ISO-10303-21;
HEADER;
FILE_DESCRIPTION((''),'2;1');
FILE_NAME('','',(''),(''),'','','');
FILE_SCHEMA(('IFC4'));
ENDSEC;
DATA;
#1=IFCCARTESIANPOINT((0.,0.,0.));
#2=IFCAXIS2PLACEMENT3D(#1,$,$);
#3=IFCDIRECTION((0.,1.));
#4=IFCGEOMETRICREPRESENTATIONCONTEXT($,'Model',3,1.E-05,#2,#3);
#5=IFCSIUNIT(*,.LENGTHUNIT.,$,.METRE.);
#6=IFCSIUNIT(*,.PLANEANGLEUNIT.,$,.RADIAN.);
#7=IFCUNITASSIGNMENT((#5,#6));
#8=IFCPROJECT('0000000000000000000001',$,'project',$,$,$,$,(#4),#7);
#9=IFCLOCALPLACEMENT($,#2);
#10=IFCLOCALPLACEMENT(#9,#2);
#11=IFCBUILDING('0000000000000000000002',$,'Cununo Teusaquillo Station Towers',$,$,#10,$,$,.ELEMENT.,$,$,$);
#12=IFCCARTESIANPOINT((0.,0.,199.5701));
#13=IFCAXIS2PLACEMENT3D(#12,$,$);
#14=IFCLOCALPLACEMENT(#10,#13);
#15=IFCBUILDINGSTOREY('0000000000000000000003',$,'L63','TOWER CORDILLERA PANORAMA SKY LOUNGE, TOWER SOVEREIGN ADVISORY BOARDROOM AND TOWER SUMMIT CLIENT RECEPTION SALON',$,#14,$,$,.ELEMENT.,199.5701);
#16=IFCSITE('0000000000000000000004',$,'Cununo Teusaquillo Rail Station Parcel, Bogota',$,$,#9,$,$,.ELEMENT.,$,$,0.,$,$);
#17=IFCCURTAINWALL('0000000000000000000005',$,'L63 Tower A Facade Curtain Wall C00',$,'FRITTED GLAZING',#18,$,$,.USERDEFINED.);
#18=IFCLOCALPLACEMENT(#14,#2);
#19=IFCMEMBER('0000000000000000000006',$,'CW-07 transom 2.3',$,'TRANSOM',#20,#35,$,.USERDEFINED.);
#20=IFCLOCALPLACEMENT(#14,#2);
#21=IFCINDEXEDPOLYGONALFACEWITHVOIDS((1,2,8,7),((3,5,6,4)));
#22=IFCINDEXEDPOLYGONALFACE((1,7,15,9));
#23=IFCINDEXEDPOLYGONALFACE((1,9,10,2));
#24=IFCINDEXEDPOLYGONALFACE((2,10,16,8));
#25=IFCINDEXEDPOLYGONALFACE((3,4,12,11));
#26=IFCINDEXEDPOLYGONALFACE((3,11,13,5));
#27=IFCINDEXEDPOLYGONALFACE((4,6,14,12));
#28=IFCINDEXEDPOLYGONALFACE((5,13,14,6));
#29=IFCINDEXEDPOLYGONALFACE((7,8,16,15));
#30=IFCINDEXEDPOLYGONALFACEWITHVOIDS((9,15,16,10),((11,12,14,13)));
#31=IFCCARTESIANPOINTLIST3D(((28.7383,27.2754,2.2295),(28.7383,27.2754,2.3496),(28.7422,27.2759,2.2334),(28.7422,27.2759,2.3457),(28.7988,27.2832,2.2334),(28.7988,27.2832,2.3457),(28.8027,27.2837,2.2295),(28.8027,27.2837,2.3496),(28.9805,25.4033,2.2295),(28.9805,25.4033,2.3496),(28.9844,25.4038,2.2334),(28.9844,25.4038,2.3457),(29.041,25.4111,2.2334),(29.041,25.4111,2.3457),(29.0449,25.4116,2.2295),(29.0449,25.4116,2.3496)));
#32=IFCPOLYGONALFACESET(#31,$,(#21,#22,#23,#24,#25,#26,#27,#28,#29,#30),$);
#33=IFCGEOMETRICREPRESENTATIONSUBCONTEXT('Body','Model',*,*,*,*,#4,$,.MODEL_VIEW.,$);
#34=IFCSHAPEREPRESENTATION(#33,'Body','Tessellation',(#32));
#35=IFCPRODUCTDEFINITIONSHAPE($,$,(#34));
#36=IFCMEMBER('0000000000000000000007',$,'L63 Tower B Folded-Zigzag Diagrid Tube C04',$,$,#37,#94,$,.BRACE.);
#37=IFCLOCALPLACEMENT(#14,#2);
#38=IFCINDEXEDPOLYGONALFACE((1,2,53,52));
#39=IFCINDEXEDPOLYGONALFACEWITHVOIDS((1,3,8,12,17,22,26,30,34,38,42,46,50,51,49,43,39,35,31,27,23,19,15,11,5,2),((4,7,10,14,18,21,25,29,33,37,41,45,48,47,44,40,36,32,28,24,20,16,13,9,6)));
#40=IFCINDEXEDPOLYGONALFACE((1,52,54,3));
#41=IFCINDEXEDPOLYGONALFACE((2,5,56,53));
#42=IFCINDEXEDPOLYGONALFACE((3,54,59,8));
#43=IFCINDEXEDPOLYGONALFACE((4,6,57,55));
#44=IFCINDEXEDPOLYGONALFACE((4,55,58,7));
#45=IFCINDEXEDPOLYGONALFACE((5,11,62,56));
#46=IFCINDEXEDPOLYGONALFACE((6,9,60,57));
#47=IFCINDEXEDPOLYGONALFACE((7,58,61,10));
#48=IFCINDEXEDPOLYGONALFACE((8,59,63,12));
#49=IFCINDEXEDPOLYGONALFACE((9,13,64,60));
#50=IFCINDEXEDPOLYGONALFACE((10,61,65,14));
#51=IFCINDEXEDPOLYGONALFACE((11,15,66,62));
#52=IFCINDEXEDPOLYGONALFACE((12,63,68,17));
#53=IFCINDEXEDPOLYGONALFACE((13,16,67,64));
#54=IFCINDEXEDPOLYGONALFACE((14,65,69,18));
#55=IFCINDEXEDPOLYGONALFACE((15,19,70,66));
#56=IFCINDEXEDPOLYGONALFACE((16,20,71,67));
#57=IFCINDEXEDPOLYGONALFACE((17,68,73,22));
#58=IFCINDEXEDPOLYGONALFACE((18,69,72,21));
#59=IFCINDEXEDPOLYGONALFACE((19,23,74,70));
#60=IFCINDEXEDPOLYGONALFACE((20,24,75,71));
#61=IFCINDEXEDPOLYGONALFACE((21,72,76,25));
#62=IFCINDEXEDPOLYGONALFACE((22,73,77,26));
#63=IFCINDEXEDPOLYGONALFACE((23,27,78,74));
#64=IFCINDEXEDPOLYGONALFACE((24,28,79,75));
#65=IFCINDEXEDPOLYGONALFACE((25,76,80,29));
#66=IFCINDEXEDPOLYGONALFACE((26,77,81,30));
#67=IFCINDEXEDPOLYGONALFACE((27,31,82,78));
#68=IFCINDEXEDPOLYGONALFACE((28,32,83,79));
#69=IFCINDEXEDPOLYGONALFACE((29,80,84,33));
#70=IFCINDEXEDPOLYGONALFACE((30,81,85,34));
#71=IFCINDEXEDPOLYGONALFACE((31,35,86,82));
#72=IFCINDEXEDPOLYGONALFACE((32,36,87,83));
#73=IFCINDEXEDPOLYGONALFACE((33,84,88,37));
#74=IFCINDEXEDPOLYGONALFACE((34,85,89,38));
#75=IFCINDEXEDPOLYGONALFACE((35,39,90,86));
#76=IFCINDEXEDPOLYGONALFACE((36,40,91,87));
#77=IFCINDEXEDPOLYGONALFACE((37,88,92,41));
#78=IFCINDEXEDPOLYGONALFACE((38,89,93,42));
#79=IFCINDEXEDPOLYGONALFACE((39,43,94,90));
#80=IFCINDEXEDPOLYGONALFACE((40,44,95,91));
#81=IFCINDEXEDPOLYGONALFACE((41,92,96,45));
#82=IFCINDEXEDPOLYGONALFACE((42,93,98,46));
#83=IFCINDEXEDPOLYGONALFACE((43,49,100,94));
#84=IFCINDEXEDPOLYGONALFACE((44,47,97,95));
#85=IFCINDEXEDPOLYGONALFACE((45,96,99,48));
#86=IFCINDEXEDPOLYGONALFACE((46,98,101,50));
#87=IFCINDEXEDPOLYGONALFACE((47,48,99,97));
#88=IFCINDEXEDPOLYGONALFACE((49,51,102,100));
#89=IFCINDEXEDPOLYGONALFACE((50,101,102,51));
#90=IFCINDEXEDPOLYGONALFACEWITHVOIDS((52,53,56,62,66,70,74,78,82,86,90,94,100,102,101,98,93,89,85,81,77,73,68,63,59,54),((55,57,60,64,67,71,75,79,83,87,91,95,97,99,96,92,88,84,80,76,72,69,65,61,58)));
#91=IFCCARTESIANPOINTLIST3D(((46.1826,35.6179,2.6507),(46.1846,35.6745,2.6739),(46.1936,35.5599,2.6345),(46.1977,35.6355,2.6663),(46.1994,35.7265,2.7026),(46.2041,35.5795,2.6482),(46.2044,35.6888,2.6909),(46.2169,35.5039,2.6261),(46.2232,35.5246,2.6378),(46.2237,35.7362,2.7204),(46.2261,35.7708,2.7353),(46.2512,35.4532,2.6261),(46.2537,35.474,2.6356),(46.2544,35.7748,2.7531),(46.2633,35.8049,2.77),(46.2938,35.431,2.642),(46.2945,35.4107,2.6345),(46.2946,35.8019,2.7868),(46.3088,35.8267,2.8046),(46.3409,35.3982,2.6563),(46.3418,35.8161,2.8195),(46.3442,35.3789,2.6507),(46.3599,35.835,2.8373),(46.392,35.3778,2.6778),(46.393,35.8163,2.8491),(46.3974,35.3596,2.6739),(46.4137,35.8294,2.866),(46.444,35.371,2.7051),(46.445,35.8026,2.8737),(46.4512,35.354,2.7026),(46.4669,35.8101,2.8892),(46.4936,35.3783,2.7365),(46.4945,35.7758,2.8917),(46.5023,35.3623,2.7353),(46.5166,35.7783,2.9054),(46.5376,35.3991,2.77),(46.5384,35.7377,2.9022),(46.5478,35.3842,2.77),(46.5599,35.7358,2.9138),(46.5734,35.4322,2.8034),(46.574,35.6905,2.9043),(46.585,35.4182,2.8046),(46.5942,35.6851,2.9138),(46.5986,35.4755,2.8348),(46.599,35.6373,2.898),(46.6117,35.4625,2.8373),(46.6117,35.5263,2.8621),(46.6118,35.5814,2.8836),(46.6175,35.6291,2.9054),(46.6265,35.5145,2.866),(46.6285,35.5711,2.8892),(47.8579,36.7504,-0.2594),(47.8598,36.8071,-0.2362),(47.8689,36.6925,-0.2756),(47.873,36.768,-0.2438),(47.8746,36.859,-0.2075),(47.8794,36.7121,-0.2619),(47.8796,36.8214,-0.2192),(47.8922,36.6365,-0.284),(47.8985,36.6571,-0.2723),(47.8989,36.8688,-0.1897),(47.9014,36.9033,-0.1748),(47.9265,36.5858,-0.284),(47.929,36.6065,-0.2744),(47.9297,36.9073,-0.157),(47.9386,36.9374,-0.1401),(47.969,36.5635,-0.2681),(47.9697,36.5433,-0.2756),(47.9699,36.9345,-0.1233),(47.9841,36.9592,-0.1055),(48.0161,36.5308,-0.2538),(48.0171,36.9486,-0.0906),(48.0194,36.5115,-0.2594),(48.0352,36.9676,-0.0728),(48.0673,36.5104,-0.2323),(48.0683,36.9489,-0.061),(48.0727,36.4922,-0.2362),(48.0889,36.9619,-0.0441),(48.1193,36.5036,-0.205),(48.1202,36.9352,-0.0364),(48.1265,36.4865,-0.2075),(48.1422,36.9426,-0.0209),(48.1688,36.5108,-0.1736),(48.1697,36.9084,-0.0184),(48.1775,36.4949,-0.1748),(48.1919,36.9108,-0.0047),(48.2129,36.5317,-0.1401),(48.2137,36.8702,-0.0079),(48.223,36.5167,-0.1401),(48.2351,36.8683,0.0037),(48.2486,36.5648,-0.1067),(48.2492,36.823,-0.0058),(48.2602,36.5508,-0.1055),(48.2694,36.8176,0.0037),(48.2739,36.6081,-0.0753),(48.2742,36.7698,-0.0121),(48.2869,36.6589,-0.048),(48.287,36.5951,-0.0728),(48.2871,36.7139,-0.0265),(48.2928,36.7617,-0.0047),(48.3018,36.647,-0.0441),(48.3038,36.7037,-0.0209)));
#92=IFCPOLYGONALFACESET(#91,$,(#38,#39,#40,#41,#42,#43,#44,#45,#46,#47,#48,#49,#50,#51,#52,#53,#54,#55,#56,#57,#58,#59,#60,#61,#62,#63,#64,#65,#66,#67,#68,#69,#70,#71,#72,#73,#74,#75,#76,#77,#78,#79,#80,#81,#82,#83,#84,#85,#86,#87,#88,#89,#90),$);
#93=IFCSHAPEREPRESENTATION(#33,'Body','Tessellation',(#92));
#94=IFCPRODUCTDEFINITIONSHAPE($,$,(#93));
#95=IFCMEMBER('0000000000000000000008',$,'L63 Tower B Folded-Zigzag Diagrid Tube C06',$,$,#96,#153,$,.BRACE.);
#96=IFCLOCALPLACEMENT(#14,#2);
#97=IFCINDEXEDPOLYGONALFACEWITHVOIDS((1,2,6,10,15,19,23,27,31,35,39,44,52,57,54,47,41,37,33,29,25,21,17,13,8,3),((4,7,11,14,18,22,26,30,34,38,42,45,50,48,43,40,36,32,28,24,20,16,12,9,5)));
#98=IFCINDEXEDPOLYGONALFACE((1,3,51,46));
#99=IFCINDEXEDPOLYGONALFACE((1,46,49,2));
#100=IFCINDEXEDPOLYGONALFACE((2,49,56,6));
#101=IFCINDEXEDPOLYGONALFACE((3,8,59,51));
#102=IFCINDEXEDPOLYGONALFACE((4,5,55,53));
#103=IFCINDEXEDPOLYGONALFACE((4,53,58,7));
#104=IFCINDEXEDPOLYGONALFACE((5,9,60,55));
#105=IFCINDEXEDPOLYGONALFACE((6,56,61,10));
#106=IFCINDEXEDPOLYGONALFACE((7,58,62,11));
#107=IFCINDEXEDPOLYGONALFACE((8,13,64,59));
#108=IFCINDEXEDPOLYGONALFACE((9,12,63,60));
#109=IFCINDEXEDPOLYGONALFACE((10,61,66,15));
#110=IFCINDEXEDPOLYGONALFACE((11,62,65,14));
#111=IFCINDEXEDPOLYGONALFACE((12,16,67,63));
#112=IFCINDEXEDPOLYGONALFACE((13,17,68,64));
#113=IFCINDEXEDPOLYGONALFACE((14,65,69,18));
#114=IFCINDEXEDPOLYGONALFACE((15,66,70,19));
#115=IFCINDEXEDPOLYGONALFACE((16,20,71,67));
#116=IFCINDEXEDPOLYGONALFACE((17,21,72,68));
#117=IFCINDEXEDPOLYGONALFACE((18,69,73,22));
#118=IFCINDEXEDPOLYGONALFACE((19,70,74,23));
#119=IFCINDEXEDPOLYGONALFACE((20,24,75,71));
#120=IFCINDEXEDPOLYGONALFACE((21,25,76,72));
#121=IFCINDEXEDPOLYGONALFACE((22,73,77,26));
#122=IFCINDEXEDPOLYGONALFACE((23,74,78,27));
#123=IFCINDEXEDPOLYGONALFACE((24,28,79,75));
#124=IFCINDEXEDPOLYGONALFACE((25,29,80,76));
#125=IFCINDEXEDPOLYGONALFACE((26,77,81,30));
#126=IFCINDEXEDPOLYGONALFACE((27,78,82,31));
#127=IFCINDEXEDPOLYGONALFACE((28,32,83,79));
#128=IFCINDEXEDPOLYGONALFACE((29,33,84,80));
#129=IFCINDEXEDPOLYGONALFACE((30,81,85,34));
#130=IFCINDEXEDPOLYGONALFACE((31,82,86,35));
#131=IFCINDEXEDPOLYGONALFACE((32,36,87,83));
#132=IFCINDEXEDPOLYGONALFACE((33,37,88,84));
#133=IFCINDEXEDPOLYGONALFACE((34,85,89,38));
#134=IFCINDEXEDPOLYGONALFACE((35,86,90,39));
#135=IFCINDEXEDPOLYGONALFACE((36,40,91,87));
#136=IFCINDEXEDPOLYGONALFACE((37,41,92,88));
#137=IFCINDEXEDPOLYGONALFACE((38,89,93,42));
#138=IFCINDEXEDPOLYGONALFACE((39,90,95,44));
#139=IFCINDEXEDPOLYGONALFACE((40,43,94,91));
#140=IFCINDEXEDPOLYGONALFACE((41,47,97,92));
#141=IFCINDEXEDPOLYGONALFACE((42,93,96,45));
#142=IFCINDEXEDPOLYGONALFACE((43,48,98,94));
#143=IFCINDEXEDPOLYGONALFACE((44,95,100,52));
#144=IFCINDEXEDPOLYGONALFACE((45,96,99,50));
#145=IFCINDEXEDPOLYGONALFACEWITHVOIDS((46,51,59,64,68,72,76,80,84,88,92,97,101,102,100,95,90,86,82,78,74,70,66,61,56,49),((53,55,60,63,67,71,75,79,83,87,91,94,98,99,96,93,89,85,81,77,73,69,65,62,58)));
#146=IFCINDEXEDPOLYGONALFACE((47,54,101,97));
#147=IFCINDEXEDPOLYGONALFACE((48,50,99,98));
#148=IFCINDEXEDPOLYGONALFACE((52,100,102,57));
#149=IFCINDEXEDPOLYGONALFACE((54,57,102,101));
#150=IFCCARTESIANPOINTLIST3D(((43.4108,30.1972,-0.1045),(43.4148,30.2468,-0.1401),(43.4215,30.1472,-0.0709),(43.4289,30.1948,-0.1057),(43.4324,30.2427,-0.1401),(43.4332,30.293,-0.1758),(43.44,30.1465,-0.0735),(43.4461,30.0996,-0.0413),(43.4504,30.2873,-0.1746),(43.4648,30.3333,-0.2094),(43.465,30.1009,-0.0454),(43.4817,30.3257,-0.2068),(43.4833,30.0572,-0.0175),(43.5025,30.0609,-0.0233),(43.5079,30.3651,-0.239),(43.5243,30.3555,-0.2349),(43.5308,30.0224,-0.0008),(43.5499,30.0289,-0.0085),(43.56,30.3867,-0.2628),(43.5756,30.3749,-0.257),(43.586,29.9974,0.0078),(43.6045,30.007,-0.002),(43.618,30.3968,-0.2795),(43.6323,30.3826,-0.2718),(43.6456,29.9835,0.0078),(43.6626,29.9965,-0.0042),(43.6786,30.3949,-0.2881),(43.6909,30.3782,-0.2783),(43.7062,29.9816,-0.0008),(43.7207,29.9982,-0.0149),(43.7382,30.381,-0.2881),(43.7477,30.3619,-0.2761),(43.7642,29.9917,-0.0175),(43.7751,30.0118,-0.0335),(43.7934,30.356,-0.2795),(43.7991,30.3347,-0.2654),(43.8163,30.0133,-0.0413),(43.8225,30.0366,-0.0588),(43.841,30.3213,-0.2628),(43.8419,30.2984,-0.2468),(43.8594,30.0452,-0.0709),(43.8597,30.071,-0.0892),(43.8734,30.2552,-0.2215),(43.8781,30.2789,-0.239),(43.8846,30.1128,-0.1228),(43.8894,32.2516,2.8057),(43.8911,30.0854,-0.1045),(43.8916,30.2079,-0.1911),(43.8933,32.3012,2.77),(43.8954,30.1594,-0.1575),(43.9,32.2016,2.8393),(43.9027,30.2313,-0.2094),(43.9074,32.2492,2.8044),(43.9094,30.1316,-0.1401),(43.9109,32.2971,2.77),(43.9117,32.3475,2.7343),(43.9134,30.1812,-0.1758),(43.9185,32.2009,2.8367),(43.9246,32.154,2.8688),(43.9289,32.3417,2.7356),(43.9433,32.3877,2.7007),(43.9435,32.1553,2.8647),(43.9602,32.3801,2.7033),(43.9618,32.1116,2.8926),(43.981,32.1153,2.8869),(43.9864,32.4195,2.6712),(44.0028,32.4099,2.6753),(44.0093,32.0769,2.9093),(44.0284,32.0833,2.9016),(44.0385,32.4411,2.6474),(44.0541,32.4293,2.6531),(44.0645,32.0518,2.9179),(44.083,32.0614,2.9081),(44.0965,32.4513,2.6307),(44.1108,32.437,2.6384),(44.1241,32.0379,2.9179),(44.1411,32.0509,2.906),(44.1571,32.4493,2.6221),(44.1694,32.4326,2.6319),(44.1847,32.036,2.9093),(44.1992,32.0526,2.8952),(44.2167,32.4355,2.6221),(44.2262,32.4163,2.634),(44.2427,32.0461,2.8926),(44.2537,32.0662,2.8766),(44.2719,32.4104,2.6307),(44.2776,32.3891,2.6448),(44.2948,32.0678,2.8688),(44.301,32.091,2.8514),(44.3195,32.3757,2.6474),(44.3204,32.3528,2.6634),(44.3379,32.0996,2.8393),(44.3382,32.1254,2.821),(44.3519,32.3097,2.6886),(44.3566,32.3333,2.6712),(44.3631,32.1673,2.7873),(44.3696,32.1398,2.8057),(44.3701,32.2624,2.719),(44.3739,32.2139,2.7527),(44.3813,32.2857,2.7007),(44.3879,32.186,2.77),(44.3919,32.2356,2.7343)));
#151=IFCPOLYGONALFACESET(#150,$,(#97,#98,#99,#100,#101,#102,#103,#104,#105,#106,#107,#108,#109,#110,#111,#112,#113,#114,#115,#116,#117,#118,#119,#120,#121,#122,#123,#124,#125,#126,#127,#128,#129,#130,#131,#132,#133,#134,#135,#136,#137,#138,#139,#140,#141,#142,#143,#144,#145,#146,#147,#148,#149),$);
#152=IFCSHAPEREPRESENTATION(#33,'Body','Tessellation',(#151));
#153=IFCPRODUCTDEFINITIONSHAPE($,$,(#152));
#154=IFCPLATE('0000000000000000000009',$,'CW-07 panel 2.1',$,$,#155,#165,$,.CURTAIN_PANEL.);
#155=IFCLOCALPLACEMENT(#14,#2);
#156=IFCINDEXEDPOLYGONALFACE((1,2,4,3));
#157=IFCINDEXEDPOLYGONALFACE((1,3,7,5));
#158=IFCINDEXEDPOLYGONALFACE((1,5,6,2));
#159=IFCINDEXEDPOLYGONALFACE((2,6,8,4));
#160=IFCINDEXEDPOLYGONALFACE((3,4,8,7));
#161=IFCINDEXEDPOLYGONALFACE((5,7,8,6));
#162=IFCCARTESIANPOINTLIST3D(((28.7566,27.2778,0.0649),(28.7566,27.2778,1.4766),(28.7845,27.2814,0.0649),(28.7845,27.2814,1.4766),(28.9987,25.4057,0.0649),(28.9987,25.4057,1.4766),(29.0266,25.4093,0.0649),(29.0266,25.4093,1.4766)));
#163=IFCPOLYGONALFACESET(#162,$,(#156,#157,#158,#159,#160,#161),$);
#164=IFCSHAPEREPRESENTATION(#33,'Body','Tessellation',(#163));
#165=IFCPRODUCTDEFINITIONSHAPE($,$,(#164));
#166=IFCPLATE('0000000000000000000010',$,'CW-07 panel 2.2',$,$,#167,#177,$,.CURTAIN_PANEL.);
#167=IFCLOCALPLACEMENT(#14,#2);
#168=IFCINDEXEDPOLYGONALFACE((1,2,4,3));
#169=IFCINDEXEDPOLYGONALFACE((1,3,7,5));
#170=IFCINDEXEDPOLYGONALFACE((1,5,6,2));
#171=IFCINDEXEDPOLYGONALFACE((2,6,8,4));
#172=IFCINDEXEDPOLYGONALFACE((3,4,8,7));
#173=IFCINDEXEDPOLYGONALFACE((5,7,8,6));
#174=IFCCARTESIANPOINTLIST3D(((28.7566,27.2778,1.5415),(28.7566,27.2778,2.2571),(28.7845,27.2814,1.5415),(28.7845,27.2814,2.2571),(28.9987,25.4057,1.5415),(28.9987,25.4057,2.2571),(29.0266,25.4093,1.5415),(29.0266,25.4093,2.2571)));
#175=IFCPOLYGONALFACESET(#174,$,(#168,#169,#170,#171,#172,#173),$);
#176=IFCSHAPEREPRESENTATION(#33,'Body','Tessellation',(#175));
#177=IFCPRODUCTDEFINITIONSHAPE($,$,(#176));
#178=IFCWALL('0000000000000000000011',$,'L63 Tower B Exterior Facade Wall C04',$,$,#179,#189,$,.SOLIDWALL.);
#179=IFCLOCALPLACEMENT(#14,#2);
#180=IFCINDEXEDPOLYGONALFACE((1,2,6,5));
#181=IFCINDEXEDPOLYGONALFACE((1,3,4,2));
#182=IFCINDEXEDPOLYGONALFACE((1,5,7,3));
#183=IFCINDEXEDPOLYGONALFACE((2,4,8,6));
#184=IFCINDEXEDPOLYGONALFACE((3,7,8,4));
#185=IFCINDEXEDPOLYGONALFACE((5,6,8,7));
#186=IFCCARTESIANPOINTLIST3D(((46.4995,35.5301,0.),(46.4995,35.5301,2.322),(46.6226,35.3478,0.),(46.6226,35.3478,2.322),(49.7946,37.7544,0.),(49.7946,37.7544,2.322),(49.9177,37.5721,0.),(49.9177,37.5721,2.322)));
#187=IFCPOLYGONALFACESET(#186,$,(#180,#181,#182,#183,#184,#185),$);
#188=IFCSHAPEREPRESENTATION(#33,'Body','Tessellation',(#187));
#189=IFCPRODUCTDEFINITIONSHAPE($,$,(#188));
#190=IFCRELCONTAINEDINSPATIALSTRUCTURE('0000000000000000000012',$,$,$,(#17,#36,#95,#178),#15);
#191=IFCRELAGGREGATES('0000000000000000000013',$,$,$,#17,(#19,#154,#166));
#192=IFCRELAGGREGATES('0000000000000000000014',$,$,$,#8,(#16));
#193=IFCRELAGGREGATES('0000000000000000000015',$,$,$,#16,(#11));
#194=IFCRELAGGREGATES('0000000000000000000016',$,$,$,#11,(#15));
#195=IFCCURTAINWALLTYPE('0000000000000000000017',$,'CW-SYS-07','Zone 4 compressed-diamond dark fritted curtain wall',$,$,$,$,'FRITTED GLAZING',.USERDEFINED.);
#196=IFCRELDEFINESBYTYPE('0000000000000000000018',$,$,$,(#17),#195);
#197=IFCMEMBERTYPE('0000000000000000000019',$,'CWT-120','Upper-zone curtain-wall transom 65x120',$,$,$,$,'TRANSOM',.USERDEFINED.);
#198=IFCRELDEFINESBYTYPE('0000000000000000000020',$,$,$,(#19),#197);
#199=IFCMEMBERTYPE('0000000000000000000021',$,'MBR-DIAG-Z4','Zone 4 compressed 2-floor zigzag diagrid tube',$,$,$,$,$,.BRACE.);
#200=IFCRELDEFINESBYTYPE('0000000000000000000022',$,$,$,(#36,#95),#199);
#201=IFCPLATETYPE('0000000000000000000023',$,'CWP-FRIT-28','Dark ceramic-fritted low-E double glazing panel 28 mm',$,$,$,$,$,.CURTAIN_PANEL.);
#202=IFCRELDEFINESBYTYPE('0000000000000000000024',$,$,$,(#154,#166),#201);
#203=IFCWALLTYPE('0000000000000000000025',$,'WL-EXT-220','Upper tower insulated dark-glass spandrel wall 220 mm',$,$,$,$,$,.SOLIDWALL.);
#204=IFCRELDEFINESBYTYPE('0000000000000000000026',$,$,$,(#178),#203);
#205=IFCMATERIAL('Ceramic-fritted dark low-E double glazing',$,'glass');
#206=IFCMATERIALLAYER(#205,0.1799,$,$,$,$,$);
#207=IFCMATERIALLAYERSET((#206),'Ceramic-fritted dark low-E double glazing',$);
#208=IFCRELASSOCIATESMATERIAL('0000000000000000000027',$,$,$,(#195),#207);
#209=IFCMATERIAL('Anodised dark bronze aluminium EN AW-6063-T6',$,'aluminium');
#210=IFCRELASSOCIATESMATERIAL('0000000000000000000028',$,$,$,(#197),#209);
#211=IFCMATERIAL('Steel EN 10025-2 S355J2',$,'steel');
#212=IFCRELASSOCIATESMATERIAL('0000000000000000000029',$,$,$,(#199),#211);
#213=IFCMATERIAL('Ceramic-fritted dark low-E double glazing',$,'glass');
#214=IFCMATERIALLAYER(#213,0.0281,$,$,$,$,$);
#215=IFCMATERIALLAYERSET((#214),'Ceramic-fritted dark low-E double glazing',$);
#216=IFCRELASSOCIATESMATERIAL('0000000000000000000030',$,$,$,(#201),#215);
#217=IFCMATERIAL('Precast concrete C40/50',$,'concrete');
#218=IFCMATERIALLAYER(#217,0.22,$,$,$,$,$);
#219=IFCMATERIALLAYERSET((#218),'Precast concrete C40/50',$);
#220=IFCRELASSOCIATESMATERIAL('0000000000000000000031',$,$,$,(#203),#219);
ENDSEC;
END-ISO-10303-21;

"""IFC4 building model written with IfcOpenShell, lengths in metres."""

from ifc_helpers import new_model, si_unit, direction, frame, frame_2d, origin, origin_2d, place, context, subcontext, project, spatial, rectangle, hollow_rectangle, hollow_circle, extrude, source, transform, mapped, material, layer, layer_set, material_profile, profile_set, type_object, element, aggregate, save


model = new_model("IFC4")

# Units and contexts
model_context = context("Model", 3, precision=1e-05, world=origin(), true_north=direction((0.0, 1.0)))
body_context = subcontext(model_context, "Body", "Model", "MODEL_VIEW")
ifc_project = project(units=[si_unit("LENGTHUNIT", "METRE"), si_unit("PLANEANGLEUNIT", "RADIAN")], contexts=[model_context])

# Site, building, storey
site_placement = place(None, origin())
site = spatial("IfcSite", under=ifc_project, at=site_placement, Name="Cununo Teusaquillo Rail Station Parcel, Bogota", CompositionType="ELEMENT", RefElevation=0.0)
building_placement = place(site_placement, origin())
building = spatial("IfcBuilding", under=site, at=building_placement, Name="Cununo Teusaquillo Station Towers", CompositionType="ELEMENT")
storey_placement = place(building_placement, frame((0.0, 0.0, 199.5701)))
storey = spatial("IfcBuildingStorey", under=building, at=storey_placement, Name="L63", Description="TOWER CORDILLERA PANORAMA SKY LOUNGE, TOWER SOVEREIGN ADVISORY BOARDROOM AND TOWER SUMMIT CLIENT RECEPTION SALON", CompositionType="ELEMENT", Elevation=199.5701)

# Curtain wall, member
ifc_material_1 = material(Name="Ceramic-fritted dark low-E double glazing", Category="glass")
ifc_layer_1 = layer(ifc_material_1, 0.1799)
ifc_layer_set_1 = layer_set([ifc_layer_1], Name="Ceramic-fritted dark low-E double glazing")
curtain_wall_type = type_object("IfcCurtainWallType", Name="CW-SYS-07", Description="Zone 4 compressed-diamond dark fritted curtain wall", ElementType="FRITTED GLAZING", PredefinedType="USERDEFINED", material=ifc_layer_set_1)
curtain_wall_placement = place(storey_placement, origin())
curtain_wall = element("IfcCurtainWall", 1, at=curtain_wall_placement, inside=storey, type_object=curtain_wall_type, Name="L63 Tower A Facade Curtain Wall C00", ObjectType="FRITTED GLAZING", PredefinedType="USERDEFINED")
ifc_material_2 = material(Name="Anodised dark bronze aluminium EN AW-6063-T6", Category="aluminium")
ifc_material_profile_1 = material_profile(ifc_material_2, hollow_rectangle(XDim=0.0649, YDim=0.1201, WallThickness=0.0039, at=origin_2d()), Name="CW-TRAN-65x120")
ifc_profile_set_1 = profile_set([ifc_material_profile_1], Name="Anodised dark bronze aluminium EN AW-6063-T6")
member_type_1 = type_object("IfcMemberType", Name="CWT-120", Description="Upper-zone curtain-wall transom 65x120", ElementType="TRANSOM", PredefinedType="USERDEFINED", material=ifc_profile_set_1)
member_1_placement = place(storey_placement, frame((28.7705, 27.2795, 2.2896), z_axis=(0.1283, -0.991735, 0.0), x_axis=(0.991735, 0.1283, 0.0)))
member_1 = element("IfcMember", 2, at=member_1_placement, type_object=member_type_1, Name="CW-07 transom 2.3", ObjectType="TRANSOM", PredefinedType="USERDEFINED", context=body_context, shape_type="SweptSolid", body=[
    extrude(hollow_rectangle(XDim=0.0649, YDim=0.1201, WallThickness=0.0039, at=origin_2d()), origin(), (0.0, 0.0, 1.0), 1.8877),
])

# Members
ifc_material_3 = material(Name="Steel EN 10025-2 S355J2", Category="steel")
ifc_material_profile_2 = material_profile(ifc_material_3, hollow_circle(Radius=0.2539, WallThickness=0.0181, at=origin_2d()), Name="CHS 508x18")
ifc_profile_set_2 = profile_set([ifc_material_profile_2], Name="Steel EN 10025-2 S355J2")
member_type_2 = type_object("IfcMemberType", Name="MBR-DIAG-Z4", Description="Zone 4 compressed 2-floor zigzag diagrid tube", PredefinedType="BRACE", material=ifc_profile_set_2)
member_2_placement = place(storey_placement, frame((48.0808, 36.7271, -0.1401), z_axis=(-0.472743, -0.319594, 0.821203), x_axis=(0.560066, -0.828448, 0.0)))
element("IfcMember", 3, at=member_2_placement, inside=storey, type_object=member_type_2, Name="L63 Tower B Folded-Zigzag Diagrid Tube C04", PredefinedType="BRACE", context=body_context, shape_type="SweptSolid", body=[
    extrude(hollow_circle(Radius=0.2539, WallThickness=0.0181, at=origin_2d()), origin(), (0.0, 0.0, 1.0), 3.5437),
])
member_3_placement = place(storey_placement, frame((43.6621, 30.1892, -0.1401), z_axis=(0.133133, 0.57159, 0.809667), x_axis=(-0.973931, 0.226845, 0.0)))
element("IfcMember", 4, at=member_3_placement, inside=storey, type_object=member_type_2, Name="L63 Tower B Folded-Zigzag Diagrid Tube C06", PredefinedType="BRACE", context=body_context, shape_type="SweptSolid", body=[
    extrude(hollow_circle(Radius=0.2539, WallThickness=0.0181, at=origin_2d()), origin(), (0.0, 0.0, 1.0), 3.5942),
])

# Plates
ifc_material_4 = material(Name="Ceramic-fritted dark low-E double glazing", Category="glass")
ifc_layer_2 = layer(ifc_material_4, 0.0281)
ifc_layer_set_2 = layer_set([ifc_layer_2], Name="Ceramic-fritted dark low-E double glazing")
plate_type = type_object("IfcPlateType", Name="CWP-FRIT-28", Description="Dark ceramic-fritted low-E double glazing panel 28 mm", PredefinedType="CURTAIN_PANEL", material=ifc_layer_set_2)
shared_shape_1 = source(origin(), body_context, "Body", "SweptSolid", [
    extrude(rectangle(XDim=1.8877, YDim=0.0281, at=origin_2d()), origin(), (0.0, 0.0, 1.0), 1.4116),
])
plate_1_placement = place(storey_placement, frame((28.8916, 26.3435, 0.0649), z_axis=(0.0, 0.0, 1.0), x_axis=(0.128253, -0.991742, 0.0)))
plate_1 = element("IfcPlate", 5, at=plate_1_placement, type_object=plate_type, Name="CW-07 panel 2.1", PredefinedType="CURTAIN_PANEL", context=body_context, shape_type="MappedRepresentation", body=[
    mapped(shared_shape_1, transform((0.0, 0.0, 0.0), x_axis=(1.0, 0.0, 0.0), y_axis=(0.0, 1.0, 0.0), z_axis=(0.0, 0.0, 1.0), scale=1.0)),
])
shared_shape_2 = source(origin(), body_context, "Body", "SweptSolid", [
    extrude(rectangle(XDim=1.8877, YDim=0.0281, at=origin_2d()), origin(), (0.0, 0.0, 1.0), 0.7156),
])
plate_2_placement = place(storey_placement, frame((28.8916, 26.3435, 1.5415), z_axis=(0.0, 0.0, 1.0), x_axis=(0.128253, -0.991742, 0.0)))
plate_2 = element("IfcPlate", 6, at=plate_2_placement, type_object=plate_type, Name="CW-07 panel 2.2", PredefinedType="CURTAIN_PANEL", context=body_context, shape_type="MappedRepresentation", body=[
    mapped(shared_shape_2, transform((0.0, 0.0, 0.0), x_axis=(1.0, 0.0, 0.0), y_axis=(0.0, 1.0, 0.0), z_axis=(0.0, 0.0, 1.0), scale=1.0)),
])
aggregate(curtain_wall, [member_1, plate_1, plate_2])

# Wall
ifc_material_5 = material(Name="Precast concrete C40/50", Category="concrete")
ifc_layer_3 = layer(ifc_material_5, 0.22)
ifc_layer_set_3 = layer_set([ifc_layer_3], Name="Precast concrete C40/50")
wall_type_1 = type_object("IfcWallType", Name="WL-EXT-220", Description="Upper tower insulated dark-glass spandrel wall 220 mm", PredefinedType="SOLIDWALL", material=ifc_layer_set_3)
wall_1_placement = place(storey_placement, frame((46.561, 35.439, 0.0), z_axis=(0.0, 0.0, 1.0), x_axis=(0.828834, 0.559495, 0.0)))
element("IfcWall", 7, at=wall_1_placement, inside=storey, type_object=wall_type_1, Name="L63 Tower B Exterior Facade Wall C04", PredefinedType="SOLIDWALL", context=body_context, shape_type="SweptSolid", body=[
    extrude(rectangle(XDim=3.9756, YDim=0.22, at=frame_2d((1.9878, 0.0))), origin(), (0.0, 0.0, 1.0), 2.322),
])

save(model, "model.ifc")
